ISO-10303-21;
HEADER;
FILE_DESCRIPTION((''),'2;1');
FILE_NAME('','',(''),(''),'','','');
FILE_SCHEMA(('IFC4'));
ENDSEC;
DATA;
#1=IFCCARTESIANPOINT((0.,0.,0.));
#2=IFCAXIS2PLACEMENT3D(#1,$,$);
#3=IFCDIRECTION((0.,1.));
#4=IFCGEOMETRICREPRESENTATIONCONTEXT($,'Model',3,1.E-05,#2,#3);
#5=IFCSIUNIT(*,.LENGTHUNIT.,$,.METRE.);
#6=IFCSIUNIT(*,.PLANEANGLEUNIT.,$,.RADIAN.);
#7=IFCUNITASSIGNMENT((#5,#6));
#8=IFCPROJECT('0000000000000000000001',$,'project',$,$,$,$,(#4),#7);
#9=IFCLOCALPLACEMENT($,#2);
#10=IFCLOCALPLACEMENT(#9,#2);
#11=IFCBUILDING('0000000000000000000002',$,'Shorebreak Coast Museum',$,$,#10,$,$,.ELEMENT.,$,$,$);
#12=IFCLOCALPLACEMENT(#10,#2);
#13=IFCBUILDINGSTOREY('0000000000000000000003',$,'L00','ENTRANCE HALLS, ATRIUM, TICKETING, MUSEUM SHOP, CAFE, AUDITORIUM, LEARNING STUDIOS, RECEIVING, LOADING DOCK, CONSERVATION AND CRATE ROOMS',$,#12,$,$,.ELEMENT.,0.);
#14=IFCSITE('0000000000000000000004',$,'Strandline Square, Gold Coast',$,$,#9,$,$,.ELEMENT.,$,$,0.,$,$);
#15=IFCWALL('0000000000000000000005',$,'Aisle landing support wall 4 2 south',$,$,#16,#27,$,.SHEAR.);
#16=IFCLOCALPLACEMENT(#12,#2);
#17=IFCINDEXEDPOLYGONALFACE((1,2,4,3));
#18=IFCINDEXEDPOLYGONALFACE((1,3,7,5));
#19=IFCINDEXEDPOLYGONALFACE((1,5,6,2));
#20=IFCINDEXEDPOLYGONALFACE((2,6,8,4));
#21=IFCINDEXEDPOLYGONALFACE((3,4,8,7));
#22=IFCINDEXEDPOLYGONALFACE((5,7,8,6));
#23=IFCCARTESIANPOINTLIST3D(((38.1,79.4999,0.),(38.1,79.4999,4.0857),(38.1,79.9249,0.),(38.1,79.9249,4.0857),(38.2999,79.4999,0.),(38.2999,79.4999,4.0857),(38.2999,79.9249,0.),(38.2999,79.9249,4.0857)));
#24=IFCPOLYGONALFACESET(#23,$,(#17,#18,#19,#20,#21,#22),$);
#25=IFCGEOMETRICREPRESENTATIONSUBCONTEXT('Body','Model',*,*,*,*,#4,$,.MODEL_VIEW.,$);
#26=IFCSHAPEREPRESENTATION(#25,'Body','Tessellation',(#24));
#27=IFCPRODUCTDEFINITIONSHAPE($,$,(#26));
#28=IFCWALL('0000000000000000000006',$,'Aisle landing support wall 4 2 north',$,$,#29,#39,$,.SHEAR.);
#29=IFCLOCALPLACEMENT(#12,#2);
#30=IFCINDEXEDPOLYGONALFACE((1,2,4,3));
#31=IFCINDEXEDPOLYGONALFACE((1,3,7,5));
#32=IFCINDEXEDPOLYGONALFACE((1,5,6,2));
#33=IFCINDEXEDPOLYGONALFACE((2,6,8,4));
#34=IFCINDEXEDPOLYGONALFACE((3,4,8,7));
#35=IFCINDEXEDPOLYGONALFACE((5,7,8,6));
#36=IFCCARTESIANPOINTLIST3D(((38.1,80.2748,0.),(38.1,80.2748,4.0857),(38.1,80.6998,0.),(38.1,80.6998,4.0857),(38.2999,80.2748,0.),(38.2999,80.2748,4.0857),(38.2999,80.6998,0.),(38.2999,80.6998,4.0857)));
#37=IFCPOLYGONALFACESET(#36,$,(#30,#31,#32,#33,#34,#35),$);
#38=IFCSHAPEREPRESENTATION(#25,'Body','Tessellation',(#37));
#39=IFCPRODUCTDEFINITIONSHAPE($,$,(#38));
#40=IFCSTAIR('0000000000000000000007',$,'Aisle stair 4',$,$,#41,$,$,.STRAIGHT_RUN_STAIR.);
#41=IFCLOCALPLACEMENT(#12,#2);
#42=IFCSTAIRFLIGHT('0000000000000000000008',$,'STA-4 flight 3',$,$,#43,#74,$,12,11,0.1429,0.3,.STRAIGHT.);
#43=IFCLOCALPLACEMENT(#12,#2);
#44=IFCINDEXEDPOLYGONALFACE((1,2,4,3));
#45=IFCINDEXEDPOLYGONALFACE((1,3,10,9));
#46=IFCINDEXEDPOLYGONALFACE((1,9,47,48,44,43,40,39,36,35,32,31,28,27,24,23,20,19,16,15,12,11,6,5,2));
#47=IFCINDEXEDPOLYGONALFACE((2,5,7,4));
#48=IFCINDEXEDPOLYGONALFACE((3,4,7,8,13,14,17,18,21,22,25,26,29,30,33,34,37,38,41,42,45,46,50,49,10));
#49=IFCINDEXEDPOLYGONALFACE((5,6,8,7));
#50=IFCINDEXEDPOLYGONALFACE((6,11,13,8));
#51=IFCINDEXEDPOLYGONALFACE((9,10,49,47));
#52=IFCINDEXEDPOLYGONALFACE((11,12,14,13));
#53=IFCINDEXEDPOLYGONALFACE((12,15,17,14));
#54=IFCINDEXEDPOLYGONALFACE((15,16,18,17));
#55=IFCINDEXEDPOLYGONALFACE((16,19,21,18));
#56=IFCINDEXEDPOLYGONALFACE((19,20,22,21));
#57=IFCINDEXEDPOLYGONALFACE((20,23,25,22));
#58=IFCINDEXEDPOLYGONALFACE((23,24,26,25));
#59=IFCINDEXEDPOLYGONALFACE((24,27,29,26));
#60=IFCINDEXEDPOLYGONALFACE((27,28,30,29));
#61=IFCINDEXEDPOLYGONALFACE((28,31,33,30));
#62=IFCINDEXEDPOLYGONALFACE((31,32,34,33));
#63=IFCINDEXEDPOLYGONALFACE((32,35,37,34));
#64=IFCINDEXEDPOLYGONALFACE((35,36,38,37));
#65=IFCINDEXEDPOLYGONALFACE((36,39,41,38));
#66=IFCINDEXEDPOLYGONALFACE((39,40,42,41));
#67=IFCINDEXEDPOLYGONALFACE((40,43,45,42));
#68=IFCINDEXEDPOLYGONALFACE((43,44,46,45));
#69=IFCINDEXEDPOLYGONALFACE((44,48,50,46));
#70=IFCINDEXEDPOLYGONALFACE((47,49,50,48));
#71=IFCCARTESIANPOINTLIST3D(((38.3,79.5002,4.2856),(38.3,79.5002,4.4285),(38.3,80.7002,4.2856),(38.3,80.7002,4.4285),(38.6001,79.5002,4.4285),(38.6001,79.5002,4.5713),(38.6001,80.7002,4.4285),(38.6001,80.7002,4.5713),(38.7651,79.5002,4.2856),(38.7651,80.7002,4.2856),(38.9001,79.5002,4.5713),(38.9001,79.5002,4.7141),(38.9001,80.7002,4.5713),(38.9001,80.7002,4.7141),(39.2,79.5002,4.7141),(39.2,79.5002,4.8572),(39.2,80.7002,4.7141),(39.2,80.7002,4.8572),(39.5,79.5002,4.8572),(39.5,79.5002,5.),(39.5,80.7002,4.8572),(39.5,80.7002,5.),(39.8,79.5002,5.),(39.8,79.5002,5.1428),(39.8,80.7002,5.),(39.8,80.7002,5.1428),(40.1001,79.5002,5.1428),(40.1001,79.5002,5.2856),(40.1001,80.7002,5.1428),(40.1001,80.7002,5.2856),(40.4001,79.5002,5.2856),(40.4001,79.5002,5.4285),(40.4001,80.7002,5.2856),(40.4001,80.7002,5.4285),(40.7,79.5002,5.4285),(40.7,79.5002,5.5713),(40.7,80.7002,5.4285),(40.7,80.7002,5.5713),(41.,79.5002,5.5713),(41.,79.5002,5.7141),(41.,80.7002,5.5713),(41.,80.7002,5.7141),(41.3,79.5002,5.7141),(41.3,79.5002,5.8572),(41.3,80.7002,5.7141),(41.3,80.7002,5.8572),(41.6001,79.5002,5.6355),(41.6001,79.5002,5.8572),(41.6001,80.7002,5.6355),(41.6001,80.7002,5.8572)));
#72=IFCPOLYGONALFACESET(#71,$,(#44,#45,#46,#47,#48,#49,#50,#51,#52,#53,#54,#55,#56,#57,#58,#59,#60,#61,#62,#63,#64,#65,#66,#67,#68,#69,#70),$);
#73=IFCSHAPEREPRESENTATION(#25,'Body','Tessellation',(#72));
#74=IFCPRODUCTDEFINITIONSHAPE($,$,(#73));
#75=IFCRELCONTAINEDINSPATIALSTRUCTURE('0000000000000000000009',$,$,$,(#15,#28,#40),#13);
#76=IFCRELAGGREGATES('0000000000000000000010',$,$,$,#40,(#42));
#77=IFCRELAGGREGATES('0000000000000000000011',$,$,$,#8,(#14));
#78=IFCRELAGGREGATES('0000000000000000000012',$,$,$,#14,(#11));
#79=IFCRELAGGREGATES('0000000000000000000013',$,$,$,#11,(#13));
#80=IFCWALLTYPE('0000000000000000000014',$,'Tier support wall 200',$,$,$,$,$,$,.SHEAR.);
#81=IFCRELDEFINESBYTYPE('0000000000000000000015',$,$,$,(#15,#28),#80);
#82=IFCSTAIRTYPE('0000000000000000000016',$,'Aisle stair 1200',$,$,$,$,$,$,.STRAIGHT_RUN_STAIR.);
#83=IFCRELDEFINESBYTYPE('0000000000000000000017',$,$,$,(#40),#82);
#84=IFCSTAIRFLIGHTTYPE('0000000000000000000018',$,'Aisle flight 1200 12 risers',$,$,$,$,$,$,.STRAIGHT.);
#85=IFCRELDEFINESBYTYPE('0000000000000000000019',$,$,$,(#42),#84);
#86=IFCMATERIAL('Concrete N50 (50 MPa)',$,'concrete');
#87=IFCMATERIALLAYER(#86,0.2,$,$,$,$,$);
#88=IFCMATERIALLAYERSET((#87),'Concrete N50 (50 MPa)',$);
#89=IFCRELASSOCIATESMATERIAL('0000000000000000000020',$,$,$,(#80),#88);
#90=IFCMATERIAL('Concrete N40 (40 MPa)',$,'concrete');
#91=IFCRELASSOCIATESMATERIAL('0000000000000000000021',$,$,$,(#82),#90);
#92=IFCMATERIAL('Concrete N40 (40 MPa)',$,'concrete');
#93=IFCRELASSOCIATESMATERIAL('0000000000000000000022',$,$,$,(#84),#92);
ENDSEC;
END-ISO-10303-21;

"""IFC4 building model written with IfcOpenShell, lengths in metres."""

from ifc_helpers import new_model, si_unit, direction, frame, frame_2d, origin, place, context, subcontext, project, spatial, polyline, rectangle, outline, extrude, material, layer, layer_set, type_object, element, aggregate, save


model = new_model("IFC4")

# Units and contexts
model_context = context("Model", 3, precision=1e-05, world=origin(), true_north=direction((0.0, 1.0)))
body_context = subcontext(model_context, "Body", "Model", "MODEL_VIEW")
ifc_project = project(units=[si_unit("LENGTHUNIT", "METRE"), si_unit("PLANEANGLEUNIT", "RADIAN")], contexts=[model_context])

# Site, building, storey
site_placement = place(None, origin())
site = spatial("IfcSite", under=ifc_project, at=site_placement, Name="Strandline Square, Gold Coast", CompositionType="ELEMENT", RefElevation=0.0)
building_placement = place(site_placement, origin())
building = spatial("IfcBuilding", under=site, at=building_placement, Name="Shorebreak Coast Museum", CompositionType="ELEMENT")
storey_placement = place(building_placement, origin())
storey = spatial("IfcBuildingStorey", under=building, at=storey_placement, Name="L00", Description="ENTRANCE HALLS, ATRIUM, TICKETING, MUSEUM SHOP, CAFE, AUDITORIUM, LEARNING STUDIOS, RECEIVING, LOADING DOCK, CONSERVATION AND CRATE ROOMS", CompositionType="ELEMENT", Elevation=0.0)

# Walls
ifc_material_1 = material(Name="Concrete N50 (50 MPa)", Category="concrete")
ifc_layer_1 = layer(ifc_material_1, 0.2)
ifc_layer_set_1 = layer_set([ifc_layer_1], Name="Concrete N50 (50 MPa)")
wall_type_1 = type_object("IfcWallType", Name="Tier support wall 200", PredefinedType="SHEAR", material=ifc_layer_set_1)
for number, where, z_axis, x_axis, name in (
    (1, (38.2, 79.5, 0.0), (0.0, 0.0, 1.0), (0.0, 1.0, 0.0), "Aisle landing support wall 4 2 south"),
    (2, (38.2, 80.2749, 0.0), (0.0, 0.0, 1.0), (0.0, 1.0, 0.0), "Aisle landing support wall 4 2 north"),
):
    element("IfcWall", number, at=place(storey_placement, frame(where, z_axis=z_axis, x_axis=x_axis)), inside=storey, type_object=wall_type_1, Name=name, PredefinedType="SHEAR", context=body_context, shape_type="SweptSolid", body=[
        extrude(rectangle(XDim=0.425, YDim=0.2, at=frame_2d((0.2124, 0.0))), origin(), (0.0, 0.0, 1.0), 4.0857),
    ])

# Stair, stair flight
ifc_material_2 = material(Name="Concrete N40 (40 MPa)", Category="concrete")
stair_type = type_object("IfcStairType", Name="Aisle stair 1200", PredefinedType="STRAIGHT_RUN_STAIR", material=ifc_material_2)
stair_placement = place(storey_placement, origin())
stair = element("IfcStair", 3, at=stair_placement, inside=storey, type_object=stair_type, Name="Aisle stair 4", PredefinedType="STRAIGHT_RUN_STAIR")
ifc_material_3 = material(Name="Concrete N40 (40 MPa)", Category="concrete")
stair_flight_type = type_object("IfcStairFlightType", Name="Aisle flight 1200 12 risers", PredefinedType="STRAIGHT", material=ifc_material_3)
stair_flight_placement = place(storey_placement, frame((38.3, 80.1001, 4.2856), z_axis=(0.0, 0.0, 1.0), x_axis=(1.0, 0.0, 0.0)))
stair_flight = element("IfcStairFlight", 4, at=stair_flight_placement, type_object=stair_flight_type, Name="STA-4 flight 3", NumberOfRisers=12, NumberOfTreads=11, PredefinedType="STRAIGHT", RiserHeight=0.1429, TreadLength=0.3, context=body_context, shape_type="SweptSolid", body=[
    extrude(outline(polyline([(0.0, 0.0), (0.0, 0.1428), (0.3, 0.1428), (0.3, 0.2856), (0.6001, 0.2856), (0.6001, 0.4285), (0.8999, 0.4285), (0.8999, 0.5715), (1.2, 0.5715), (1.2, 0.7144), (1.5, 0.7144), (1.5, 0.8572), (1.8, 0.8572), (1.8, 1.0), (2.1001, 1.0), (2.1001, 1.1428), (2.3999, 1.1428), (2.3999, 1.2856), (2.7, 1.2856), (2.7, 1.4285), (3.0, 1.4285), (3.0, 1.5715), (3.3, 1.5715), (3.3, 1.7144), (3.3, 1.3499), (0.4651, 0.0), (0.0, 0.0)])), frame((0.0, 0.6001, 0.0), z_axis=(0.0, -1.0, 0.0), x_axis=(1.0, 0.0, 0.0)), (0.0, 0.0, 1.0), 1.2),
])
aggregate(stair, [stair_flight])

save(model, "model.ifc")
